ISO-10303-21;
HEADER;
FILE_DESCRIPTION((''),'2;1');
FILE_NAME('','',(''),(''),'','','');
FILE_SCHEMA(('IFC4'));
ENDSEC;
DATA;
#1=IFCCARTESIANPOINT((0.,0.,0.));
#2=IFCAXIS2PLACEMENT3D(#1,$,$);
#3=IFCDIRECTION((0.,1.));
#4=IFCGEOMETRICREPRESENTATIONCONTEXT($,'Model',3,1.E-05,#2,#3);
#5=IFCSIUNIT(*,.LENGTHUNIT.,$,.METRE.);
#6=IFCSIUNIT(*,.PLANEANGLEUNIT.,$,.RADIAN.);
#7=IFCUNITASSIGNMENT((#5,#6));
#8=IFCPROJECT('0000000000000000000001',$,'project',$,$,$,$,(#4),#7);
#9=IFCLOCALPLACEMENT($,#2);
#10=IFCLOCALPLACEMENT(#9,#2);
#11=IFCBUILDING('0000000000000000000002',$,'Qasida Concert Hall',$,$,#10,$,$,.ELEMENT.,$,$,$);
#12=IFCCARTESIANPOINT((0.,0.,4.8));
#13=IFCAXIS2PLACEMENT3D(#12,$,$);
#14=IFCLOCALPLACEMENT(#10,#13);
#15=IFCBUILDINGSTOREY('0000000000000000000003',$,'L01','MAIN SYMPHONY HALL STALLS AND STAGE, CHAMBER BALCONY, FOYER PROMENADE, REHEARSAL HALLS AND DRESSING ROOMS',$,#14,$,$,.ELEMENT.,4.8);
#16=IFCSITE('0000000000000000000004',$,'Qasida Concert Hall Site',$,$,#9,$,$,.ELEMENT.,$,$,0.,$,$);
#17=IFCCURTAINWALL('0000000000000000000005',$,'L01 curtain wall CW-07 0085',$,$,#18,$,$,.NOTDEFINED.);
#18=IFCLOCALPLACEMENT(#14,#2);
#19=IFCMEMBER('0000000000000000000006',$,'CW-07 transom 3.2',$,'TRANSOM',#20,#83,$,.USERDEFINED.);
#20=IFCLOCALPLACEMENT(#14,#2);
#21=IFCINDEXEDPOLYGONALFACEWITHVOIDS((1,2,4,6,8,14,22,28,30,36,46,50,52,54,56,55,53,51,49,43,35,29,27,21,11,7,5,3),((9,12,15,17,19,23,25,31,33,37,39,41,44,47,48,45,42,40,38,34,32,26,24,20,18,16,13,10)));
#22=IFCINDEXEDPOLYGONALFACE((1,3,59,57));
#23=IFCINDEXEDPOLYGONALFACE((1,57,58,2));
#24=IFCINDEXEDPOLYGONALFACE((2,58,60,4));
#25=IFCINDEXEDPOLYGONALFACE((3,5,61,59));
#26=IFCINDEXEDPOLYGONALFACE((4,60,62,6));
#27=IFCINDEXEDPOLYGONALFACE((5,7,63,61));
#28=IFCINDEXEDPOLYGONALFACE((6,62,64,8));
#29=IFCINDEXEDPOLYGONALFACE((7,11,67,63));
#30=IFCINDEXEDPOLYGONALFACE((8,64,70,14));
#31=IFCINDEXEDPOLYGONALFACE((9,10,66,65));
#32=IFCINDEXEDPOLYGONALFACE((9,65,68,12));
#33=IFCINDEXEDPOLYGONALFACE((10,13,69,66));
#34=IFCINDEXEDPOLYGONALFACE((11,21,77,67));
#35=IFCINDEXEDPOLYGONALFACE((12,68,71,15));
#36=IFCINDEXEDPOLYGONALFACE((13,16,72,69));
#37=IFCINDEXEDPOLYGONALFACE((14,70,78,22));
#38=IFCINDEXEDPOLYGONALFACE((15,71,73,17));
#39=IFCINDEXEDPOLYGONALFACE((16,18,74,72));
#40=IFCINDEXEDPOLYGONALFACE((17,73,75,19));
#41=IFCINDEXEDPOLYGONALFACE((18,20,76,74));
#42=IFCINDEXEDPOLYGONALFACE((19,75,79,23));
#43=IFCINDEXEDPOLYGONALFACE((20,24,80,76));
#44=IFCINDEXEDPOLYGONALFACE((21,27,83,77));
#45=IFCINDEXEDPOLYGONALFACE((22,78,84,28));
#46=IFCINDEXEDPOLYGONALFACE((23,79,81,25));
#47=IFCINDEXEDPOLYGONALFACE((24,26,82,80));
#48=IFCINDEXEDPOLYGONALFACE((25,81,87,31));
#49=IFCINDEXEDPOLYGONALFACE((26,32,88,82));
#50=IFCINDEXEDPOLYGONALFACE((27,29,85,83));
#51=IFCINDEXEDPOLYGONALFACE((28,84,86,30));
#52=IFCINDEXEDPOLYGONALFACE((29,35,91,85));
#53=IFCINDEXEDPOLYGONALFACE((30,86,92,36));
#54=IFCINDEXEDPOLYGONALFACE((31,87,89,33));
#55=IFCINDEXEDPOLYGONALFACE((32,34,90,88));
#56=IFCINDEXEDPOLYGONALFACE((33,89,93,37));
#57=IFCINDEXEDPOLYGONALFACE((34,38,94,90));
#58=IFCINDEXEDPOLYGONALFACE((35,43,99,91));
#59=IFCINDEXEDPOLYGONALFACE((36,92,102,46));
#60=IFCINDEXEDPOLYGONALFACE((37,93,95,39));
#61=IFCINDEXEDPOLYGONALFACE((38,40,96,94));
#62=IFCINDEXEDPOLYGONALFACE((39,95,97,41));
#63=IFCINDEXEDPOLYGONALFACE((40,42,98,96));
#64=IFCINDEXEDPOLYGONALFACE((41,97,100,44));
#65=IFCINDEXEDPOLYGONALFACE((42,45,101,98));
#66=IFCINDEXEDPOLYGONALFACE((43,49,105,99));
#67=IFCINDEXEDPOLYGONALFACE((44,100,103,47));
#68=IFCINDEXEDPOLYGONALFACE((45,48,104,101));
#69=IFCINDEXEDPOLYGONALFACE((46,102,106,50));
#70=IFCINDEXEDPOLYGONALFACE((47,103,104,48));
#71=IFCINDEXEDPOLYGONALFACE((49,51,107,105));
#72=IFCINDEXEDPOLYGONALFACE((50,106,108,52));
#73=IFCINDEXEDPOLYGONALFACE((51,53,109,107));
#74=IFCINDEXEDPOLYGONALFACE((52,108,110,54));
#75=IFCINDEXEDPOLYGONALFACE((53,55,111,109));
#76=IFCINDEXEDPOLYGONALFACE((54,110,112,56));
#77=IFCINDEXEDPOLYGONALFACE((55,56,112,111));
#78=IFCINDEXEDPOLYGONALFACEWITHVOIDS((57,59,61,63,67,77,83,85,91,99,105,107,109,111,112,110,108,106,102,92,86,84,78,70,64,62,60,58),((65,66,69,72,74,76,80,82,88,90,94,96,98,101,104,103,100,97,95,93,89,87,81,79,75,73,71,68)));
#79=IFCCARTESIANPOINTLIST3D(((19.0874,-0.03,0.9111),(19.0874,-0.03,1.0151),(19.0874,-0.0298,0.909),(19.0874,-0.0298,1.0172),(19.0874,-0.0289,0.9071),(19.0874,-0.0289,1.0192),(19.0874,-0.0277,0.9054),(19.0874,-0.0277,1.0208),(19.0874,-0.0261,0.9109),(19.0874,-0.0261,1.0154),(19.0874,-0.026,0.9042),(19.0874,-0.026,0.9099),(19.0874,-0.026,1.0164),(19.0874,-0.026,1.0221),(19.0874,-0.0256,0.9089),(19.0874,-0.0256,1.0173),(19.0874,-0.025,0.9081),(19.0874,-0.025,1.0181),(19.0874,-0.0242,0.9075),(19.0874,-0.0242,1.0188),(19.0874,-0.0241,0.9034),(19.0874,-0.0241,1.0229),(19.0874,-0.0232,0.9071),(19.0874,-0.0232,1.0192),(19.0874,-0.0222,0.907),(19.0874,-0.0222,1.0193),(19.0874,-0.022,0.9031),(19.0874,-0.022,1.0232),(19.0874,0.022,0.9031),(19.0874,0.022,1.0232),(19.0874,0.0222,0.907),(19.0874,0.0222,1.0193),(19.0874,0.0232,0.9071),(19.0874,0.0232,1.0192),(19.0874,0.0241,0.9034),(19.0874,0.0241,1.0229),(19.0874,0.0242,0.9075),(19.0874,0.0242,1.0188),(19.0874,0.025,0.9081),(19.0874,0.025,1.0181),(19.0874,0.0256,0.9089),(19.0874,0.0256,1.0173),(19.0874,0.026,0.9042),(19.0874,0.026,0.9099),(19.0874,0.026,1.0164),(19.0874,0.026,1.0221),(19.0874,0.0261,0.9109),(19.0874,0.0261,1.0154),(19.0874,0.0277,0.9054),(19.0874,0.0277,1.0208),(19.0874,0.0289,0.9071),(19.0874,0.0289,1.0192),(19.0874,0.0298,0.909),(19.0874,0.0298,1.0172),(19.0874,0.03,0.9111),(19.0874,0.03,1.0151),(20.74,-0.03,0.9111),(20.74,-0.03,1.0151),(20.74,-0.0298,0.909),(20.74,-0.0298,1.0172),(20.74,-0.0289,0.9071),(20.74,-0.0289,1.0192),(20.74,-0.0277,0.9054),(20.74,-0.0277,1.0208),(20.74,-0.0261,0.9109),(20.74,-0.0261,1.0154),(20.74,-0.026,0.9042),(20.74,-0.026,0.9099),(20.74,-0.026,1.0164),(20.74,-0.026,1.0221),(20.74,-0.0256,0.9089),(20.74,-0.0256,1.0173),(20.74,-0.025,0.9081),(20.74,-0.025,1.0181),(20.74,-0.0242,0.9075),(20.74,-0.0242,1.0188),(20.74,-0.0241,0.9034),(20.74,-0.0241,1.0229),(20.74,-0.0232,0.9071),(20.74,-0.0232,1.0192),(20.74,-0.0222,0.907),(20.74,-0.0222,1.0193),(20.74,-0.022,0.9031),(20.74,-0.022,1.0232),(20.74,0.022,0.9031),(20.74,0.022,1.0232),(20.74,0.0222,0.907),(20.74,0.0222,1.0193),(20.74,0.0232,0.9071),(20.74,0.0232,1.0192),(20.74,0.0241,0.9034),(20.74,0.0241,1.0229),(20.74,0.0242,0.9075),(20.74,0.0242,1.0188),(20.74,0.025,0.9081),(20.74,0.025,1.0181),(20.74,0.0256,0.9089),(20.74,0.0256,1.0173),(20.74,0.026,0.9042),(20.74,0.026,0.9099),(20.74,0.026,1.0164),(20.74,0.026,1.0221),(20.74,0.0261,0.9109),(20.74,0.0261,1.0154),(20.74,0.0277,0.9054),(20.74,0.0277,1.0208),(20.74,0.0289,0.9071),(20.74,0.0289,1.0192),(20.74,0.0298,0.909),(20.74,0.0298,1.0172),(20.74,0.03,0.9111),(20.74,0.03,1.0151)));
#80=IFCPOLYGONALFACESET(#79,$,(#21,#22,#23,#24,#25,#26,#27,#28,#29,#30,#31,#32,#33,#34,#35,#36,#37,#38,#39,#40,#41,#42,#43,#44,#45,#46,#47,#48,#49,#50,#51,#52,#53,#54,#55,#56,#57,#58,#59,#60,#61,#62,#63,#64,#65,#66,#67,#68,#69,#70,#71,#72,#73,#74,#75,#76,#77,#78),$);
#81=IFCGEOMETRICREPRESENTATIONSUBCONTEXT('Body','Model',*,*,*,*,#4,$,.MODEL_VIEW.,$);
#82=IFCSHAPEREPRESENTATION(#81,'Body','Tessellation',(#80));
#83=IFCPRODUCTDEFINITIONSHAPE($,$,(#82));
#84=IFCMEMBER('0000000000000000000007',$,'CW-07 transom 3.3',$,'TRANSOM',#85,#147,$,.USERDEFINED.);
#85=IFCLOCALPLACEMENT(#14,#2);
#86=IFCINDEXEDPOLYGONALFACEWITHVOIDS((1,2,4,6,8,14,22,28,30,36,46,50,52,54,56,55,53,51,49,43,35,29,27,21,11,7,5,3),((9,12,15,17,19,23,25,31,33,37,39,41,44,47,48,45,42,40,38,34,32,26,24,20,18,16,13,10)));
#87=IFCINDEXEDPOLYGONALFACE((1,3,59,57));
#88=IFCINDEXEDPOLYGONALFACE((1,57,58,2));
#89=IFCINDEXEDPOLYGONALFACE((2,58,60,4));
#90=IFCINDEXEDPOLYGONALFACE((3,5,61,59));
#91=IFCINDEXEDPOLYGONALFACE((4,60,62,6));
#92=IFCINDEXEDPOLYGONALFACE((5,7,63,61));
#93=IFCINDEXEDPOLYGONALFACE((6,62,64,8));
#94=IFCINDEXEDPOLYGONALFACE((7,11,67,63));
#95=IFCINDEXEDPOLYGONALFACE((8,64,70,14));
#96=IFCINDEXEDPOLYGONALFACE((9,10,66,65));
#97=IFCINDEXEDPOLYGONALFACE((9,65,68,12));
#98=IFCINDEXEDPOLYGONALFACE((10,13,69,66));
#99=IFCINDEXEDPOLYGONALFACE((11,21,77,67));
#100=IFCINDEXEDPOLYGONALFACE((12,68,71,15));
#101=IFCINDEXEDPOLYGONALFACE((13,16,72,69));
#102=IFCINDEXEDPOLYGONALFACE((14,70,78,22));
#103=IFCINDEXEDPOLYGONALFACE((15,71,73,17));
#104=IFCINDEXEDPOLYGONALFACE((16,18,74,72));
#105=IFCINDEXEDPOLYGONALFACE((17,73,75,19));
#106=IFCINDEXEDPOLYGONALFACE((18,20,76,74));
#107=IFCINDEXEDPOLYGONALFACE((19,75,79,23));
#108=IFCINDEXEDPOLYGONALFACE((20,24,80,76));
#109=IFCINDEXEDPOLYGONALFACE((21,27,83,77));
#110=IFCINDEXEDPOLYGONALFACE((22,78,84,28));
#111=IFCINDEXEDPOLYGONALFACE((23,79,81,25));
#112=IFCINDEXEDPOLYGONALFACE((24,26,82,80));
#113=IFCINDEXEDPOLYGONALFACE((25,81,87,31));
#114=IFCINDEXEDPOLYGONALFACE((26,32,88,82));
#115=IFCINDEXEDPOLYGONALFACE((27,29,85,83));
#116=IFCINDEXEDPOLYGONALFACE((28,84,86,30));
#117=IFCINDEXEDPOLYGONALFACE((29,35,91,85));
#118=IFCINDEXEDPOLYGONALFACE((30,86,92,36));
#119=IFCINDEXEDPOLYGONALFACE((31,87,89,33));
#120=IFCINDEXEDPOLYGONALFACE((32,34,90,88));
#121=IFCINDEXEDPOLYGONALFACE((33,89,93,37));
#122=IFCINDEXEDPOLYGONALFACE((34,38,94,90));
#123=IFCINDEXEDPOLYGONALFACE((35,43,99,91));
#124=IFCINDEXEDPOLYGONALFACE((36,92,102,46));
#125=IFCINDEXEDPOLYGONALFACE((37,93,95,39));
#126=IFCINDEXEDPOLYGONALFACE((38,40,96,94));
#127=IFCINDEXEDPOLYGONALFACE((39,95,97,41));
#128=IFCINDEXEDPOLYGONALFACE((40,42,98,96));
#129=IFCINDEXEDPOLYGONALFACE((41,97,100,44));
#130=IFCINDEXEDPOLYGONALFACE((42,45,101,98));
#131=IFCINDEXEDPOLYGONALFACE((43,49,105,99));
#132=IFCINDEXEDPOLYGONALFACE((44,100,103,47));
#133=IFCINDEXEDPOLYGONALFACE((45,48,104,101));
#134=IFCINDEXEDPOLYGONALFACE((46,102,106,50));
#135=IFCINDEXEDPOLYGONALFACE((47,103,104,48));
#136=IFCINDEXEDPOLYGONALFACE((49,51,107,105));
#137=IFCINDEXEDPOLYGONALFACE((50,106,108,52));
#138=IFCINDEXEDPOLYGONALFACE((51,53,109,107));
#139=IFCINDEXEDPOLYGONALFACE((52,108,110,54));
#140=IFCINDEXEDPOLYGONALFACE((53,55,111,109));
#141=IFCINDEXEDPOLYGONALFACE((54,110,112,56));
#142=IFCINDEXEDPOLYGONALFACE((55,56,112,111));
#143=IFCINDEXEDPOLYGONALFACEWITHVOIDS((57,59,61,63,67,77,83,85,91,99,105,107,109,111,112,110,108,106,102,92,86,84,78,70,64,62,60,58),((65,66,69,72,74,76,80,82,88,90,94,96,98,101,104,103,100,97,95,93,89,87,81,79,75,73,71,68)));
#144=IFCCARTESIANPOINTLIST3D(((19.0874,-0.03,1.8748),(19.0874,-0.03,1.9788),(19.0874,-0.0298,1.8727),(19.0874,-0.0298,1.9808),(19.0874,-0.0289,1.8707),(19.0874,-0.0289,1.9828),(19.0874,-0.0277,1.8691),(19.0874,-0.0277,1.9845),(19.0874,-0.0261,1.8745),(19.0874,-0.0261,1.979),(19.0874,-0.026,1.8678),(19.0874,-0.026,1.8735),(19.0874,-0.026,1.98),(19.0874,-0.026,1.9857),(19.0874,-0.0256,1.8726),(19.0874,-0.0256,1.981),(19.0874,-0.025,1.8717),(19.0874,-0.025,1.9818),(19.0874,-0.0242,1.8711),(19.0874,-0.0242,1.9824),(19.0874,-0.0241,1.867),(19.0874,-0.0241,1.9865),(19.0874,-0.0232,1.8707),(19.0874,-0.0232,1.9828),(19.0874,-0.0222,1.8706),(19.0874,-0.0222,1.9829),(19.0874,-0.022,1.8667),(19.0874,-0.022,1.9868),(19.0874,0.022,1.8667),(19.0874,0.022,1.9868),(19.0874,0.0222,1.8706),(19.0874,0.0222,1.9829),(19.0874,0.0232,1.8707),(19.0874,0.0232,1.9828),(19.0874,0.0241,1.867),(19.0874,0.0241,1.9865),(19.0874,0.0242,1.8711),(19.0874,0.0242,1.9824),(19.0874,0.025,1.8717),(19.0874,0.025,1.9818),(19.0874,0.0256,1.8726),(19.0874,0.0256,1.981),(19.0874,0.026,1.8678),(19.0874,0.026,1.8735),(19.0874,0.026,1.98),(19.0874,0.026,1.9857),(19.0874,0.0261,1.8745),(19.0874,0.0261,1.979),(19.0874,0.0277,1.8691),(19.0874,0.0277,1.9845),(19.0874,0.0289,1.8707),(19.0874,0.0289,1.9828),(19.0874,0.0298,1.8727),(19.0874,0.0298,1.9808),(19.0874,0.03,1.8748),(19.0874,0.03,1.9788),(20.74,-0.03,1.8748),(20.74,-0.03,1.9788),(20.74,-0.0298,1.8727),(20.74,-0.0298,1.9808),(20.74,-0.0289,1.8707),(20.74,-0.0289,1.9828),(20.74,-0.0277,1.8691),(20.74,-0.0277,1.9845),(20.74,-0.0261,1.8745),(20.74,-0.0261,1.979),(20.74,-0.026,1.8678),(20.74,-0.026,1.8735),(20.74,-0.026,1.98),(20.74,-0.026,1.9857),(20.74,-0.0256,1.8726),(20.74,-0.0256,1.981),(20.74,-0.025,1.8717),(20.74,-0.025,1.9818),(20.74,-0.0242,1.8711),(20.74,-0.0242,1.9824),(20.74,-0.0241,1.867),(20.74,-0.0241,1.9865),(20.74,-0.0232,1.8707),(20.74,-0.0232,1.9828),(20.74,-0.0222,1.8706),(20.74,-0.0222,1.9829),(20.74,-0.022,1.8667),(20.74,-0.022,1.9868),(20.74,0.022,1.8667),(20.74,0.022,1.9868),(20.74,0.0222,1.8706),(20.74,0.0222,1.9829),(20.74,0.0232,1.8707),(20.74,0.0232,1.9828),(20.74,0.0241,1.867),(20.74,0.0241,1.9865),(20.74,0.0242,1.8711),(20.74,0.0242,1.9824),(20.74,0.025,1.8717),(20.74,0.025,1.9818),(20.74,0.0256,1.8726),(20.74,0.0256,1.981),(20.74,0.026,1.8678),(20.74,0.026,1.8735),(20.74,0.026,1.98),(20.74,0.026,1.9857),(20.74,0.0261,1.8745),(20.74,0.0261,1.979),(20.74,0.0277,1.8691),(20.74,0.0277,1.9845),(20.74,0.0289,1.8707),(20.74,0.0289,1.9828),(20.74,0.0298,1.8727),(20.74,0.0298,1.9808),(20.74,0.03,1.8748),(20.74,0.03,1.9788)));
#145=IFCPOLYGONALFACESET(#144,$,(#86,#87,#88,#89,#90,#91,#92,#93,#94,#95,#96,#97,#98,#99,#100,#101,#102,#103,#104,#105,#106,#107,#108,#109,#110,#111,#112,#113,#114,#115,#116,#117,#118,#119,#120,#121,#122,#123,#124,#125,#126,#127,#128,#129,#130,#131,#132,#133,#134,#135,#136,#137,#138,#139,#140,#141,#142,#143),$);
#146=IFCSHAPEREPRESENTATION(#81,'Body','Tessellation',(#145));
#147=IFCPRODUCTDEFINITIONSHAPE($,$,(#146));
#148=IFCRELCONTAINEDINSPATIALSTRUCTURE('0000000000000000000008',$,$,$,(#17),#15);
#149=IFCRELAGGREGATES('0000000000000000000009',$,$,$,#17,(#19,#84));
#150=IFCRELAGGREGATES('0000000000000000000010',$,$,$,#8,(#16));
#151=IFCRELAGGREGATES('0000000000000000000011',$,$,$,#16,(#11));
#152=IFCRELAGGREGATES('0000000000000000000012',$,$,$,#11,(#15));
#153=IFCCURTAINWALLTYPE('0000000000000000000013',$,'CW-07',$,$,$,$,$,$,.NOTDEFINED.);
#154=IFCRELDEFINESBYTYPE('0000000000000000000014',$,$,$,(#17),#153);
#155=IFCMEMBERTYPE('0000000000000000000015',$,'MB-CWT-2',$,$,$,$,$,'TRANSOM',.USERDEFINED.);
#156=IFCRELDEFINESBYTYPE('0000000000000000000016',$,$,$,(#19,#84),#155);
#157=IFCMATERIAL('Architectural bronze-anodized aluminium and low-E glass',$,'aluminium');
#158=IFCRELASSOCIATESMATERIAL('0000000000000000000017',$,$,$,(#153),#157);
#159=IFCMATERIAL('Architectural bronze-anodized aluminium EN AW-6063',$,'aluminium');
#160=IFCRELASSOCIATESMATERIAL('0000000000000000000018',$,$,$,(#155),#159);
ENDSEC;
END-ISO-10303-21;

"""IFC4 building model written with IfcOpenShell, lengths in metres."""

from ifc_helpers import new_model, si_unit, direction, frame, origin, origin_2d, place, context, subcontext, project, spatial, hollow_rectangle, extrude, material, material_profile, profile_set, type_object, element, aggregate, save


model = new_model("IFC4")

# Units and contexts
model_context = context("Model", 3, precision=1e-05, world=origin(), true_north=direction((0.0, 1.0)))
body_context = subcontext(model_context, "Body", "Model", "MODEL_VIEW")
ifc_project = project(units=[si_unit("LENGTHUNIT", "METRE"), si_unit("PLANEANGLEUNIT", "RADIAN")], contexts=[model_context])

# Site, building, storey
site_placement = place(None, origin())
site = spatial("IfcSite", under=ifc_project, at=site_placement, Name="Qasida Concert Hall Site", CompositionType="ELEMENT", RefElevation=0.0)
building_placement = place(site_placement, origin())
building = spatial("IfcBuilding", under=site, at=building_placement, Name="Qasida Concert Hall", CompositionType="ELEMENT")
storey_placement = place(building_placement, frame((0.0, 0.0, 4.8)))
storey = spatial("IfcBuildingStorey", under=building, at=storey_placement, Name="L01", Description="MAIN SYMPHONY HALL STALLS AND STAGE, CHAMBER BALCONY, FOYER PROMENADE, REHEARSAL HALLS AND DRESSING ROOMS", CompositionType="ELEMENT", Elevation=4.8)

# Curtain wall, members
ifc_material_1 = material(Name="Architectural bronze-anodized aluminium and low-E glass", Category="aluminium")
curtain_wall_type = type_object("IfcCurtainWallType", Name="CW-07", PredefinedType="NOTDEFINED", material=ifc_material_1)
curtain_wall_placement = place(storey_placement, origin())
curtain_wall = element("IfcCurtainWall", 1, at=curtain_wall_placement, inside=storey, type_object=curtain_wall_type, Name="L01 curtain wall CW-07 0085", PredefinedType="NOTDEFINED")
ifc_material_2 = material(Name="Architectural bronze-anodized aluminium EN AW-6063", Category="aluminium")
ifc_material_profile_1 = material_profile(ifc_material_2, hollow_rectangle(XDim=0.0601, YDim=0.1201, WallThickness=0.0039, InnerFilletRadius=0.0039, OuterFilletRadius=0.0081, at=origin_2d()), Name="CWT 120x60x4")
ifc_profile_set_1 = profile_set([ifc_material_profile_1], Name="Architectural bronze-anodized aluminium EN AW-6063")
member_type_1 = type_object("IfcMemberType", Name="MB-CWT-2", ElementType="TRANSOM", PredefinedType="USERDEFINED", material=ifc_profile_set_1)
member_1_placement = place(storey_placement, frame((19.0874, 0.0, 0.9631), z_axis=(1.0, 0.0, 0.0), x_axis=(0.0, 1.0, 0.0)))
member_1 = element("IfcMember", 2, at=member_1_placement, type_object=member_type_1, Name="CW-07 transom 3.2", ObjectType="TRANSOM", PredefinedType="USERDEFINED", context=body_context, shape_type="SweptSolid", body=[
    extrude(hollow_rectangle(XDim=0.0601, YDim=0.1201, WallThickness=0.0039, InnerFilletRadius=0.0039, OuterFilletRadius=0.0081, at=origin_2d()), origin(), (0.0, 0.0, 1.0), 1.6526),
])
member_2_placement = place(storey_placement, frame((19.0874, 0.0, 1.9268), z_axis=(1.0, 0.0, 0.0), x_axis=(0.0, 1.0, 0.0)))
member_2 = element("IfcMember", 3, at=member_2_placement, type_object=member_type_1, Name="CW-07 transom 3.3", ObjectType="TRANSOM", PredefinedType="USERDEFINED", context=body_context, shape_type="SweptSolid", body=[
    extrude(hollow_rectangle(XDim=0.0601, YDim=0.1201, WallThickness=0.0039, InnerFilletRadius=0.0039, OuterFilletRadius=0.0081, at=origin_2d()), origin(), (0.0, 0.0, 1.0), 1.6526),
])
aggregate(curtain_wall, [member_1, member_2])

save(model, "model.ifc")
